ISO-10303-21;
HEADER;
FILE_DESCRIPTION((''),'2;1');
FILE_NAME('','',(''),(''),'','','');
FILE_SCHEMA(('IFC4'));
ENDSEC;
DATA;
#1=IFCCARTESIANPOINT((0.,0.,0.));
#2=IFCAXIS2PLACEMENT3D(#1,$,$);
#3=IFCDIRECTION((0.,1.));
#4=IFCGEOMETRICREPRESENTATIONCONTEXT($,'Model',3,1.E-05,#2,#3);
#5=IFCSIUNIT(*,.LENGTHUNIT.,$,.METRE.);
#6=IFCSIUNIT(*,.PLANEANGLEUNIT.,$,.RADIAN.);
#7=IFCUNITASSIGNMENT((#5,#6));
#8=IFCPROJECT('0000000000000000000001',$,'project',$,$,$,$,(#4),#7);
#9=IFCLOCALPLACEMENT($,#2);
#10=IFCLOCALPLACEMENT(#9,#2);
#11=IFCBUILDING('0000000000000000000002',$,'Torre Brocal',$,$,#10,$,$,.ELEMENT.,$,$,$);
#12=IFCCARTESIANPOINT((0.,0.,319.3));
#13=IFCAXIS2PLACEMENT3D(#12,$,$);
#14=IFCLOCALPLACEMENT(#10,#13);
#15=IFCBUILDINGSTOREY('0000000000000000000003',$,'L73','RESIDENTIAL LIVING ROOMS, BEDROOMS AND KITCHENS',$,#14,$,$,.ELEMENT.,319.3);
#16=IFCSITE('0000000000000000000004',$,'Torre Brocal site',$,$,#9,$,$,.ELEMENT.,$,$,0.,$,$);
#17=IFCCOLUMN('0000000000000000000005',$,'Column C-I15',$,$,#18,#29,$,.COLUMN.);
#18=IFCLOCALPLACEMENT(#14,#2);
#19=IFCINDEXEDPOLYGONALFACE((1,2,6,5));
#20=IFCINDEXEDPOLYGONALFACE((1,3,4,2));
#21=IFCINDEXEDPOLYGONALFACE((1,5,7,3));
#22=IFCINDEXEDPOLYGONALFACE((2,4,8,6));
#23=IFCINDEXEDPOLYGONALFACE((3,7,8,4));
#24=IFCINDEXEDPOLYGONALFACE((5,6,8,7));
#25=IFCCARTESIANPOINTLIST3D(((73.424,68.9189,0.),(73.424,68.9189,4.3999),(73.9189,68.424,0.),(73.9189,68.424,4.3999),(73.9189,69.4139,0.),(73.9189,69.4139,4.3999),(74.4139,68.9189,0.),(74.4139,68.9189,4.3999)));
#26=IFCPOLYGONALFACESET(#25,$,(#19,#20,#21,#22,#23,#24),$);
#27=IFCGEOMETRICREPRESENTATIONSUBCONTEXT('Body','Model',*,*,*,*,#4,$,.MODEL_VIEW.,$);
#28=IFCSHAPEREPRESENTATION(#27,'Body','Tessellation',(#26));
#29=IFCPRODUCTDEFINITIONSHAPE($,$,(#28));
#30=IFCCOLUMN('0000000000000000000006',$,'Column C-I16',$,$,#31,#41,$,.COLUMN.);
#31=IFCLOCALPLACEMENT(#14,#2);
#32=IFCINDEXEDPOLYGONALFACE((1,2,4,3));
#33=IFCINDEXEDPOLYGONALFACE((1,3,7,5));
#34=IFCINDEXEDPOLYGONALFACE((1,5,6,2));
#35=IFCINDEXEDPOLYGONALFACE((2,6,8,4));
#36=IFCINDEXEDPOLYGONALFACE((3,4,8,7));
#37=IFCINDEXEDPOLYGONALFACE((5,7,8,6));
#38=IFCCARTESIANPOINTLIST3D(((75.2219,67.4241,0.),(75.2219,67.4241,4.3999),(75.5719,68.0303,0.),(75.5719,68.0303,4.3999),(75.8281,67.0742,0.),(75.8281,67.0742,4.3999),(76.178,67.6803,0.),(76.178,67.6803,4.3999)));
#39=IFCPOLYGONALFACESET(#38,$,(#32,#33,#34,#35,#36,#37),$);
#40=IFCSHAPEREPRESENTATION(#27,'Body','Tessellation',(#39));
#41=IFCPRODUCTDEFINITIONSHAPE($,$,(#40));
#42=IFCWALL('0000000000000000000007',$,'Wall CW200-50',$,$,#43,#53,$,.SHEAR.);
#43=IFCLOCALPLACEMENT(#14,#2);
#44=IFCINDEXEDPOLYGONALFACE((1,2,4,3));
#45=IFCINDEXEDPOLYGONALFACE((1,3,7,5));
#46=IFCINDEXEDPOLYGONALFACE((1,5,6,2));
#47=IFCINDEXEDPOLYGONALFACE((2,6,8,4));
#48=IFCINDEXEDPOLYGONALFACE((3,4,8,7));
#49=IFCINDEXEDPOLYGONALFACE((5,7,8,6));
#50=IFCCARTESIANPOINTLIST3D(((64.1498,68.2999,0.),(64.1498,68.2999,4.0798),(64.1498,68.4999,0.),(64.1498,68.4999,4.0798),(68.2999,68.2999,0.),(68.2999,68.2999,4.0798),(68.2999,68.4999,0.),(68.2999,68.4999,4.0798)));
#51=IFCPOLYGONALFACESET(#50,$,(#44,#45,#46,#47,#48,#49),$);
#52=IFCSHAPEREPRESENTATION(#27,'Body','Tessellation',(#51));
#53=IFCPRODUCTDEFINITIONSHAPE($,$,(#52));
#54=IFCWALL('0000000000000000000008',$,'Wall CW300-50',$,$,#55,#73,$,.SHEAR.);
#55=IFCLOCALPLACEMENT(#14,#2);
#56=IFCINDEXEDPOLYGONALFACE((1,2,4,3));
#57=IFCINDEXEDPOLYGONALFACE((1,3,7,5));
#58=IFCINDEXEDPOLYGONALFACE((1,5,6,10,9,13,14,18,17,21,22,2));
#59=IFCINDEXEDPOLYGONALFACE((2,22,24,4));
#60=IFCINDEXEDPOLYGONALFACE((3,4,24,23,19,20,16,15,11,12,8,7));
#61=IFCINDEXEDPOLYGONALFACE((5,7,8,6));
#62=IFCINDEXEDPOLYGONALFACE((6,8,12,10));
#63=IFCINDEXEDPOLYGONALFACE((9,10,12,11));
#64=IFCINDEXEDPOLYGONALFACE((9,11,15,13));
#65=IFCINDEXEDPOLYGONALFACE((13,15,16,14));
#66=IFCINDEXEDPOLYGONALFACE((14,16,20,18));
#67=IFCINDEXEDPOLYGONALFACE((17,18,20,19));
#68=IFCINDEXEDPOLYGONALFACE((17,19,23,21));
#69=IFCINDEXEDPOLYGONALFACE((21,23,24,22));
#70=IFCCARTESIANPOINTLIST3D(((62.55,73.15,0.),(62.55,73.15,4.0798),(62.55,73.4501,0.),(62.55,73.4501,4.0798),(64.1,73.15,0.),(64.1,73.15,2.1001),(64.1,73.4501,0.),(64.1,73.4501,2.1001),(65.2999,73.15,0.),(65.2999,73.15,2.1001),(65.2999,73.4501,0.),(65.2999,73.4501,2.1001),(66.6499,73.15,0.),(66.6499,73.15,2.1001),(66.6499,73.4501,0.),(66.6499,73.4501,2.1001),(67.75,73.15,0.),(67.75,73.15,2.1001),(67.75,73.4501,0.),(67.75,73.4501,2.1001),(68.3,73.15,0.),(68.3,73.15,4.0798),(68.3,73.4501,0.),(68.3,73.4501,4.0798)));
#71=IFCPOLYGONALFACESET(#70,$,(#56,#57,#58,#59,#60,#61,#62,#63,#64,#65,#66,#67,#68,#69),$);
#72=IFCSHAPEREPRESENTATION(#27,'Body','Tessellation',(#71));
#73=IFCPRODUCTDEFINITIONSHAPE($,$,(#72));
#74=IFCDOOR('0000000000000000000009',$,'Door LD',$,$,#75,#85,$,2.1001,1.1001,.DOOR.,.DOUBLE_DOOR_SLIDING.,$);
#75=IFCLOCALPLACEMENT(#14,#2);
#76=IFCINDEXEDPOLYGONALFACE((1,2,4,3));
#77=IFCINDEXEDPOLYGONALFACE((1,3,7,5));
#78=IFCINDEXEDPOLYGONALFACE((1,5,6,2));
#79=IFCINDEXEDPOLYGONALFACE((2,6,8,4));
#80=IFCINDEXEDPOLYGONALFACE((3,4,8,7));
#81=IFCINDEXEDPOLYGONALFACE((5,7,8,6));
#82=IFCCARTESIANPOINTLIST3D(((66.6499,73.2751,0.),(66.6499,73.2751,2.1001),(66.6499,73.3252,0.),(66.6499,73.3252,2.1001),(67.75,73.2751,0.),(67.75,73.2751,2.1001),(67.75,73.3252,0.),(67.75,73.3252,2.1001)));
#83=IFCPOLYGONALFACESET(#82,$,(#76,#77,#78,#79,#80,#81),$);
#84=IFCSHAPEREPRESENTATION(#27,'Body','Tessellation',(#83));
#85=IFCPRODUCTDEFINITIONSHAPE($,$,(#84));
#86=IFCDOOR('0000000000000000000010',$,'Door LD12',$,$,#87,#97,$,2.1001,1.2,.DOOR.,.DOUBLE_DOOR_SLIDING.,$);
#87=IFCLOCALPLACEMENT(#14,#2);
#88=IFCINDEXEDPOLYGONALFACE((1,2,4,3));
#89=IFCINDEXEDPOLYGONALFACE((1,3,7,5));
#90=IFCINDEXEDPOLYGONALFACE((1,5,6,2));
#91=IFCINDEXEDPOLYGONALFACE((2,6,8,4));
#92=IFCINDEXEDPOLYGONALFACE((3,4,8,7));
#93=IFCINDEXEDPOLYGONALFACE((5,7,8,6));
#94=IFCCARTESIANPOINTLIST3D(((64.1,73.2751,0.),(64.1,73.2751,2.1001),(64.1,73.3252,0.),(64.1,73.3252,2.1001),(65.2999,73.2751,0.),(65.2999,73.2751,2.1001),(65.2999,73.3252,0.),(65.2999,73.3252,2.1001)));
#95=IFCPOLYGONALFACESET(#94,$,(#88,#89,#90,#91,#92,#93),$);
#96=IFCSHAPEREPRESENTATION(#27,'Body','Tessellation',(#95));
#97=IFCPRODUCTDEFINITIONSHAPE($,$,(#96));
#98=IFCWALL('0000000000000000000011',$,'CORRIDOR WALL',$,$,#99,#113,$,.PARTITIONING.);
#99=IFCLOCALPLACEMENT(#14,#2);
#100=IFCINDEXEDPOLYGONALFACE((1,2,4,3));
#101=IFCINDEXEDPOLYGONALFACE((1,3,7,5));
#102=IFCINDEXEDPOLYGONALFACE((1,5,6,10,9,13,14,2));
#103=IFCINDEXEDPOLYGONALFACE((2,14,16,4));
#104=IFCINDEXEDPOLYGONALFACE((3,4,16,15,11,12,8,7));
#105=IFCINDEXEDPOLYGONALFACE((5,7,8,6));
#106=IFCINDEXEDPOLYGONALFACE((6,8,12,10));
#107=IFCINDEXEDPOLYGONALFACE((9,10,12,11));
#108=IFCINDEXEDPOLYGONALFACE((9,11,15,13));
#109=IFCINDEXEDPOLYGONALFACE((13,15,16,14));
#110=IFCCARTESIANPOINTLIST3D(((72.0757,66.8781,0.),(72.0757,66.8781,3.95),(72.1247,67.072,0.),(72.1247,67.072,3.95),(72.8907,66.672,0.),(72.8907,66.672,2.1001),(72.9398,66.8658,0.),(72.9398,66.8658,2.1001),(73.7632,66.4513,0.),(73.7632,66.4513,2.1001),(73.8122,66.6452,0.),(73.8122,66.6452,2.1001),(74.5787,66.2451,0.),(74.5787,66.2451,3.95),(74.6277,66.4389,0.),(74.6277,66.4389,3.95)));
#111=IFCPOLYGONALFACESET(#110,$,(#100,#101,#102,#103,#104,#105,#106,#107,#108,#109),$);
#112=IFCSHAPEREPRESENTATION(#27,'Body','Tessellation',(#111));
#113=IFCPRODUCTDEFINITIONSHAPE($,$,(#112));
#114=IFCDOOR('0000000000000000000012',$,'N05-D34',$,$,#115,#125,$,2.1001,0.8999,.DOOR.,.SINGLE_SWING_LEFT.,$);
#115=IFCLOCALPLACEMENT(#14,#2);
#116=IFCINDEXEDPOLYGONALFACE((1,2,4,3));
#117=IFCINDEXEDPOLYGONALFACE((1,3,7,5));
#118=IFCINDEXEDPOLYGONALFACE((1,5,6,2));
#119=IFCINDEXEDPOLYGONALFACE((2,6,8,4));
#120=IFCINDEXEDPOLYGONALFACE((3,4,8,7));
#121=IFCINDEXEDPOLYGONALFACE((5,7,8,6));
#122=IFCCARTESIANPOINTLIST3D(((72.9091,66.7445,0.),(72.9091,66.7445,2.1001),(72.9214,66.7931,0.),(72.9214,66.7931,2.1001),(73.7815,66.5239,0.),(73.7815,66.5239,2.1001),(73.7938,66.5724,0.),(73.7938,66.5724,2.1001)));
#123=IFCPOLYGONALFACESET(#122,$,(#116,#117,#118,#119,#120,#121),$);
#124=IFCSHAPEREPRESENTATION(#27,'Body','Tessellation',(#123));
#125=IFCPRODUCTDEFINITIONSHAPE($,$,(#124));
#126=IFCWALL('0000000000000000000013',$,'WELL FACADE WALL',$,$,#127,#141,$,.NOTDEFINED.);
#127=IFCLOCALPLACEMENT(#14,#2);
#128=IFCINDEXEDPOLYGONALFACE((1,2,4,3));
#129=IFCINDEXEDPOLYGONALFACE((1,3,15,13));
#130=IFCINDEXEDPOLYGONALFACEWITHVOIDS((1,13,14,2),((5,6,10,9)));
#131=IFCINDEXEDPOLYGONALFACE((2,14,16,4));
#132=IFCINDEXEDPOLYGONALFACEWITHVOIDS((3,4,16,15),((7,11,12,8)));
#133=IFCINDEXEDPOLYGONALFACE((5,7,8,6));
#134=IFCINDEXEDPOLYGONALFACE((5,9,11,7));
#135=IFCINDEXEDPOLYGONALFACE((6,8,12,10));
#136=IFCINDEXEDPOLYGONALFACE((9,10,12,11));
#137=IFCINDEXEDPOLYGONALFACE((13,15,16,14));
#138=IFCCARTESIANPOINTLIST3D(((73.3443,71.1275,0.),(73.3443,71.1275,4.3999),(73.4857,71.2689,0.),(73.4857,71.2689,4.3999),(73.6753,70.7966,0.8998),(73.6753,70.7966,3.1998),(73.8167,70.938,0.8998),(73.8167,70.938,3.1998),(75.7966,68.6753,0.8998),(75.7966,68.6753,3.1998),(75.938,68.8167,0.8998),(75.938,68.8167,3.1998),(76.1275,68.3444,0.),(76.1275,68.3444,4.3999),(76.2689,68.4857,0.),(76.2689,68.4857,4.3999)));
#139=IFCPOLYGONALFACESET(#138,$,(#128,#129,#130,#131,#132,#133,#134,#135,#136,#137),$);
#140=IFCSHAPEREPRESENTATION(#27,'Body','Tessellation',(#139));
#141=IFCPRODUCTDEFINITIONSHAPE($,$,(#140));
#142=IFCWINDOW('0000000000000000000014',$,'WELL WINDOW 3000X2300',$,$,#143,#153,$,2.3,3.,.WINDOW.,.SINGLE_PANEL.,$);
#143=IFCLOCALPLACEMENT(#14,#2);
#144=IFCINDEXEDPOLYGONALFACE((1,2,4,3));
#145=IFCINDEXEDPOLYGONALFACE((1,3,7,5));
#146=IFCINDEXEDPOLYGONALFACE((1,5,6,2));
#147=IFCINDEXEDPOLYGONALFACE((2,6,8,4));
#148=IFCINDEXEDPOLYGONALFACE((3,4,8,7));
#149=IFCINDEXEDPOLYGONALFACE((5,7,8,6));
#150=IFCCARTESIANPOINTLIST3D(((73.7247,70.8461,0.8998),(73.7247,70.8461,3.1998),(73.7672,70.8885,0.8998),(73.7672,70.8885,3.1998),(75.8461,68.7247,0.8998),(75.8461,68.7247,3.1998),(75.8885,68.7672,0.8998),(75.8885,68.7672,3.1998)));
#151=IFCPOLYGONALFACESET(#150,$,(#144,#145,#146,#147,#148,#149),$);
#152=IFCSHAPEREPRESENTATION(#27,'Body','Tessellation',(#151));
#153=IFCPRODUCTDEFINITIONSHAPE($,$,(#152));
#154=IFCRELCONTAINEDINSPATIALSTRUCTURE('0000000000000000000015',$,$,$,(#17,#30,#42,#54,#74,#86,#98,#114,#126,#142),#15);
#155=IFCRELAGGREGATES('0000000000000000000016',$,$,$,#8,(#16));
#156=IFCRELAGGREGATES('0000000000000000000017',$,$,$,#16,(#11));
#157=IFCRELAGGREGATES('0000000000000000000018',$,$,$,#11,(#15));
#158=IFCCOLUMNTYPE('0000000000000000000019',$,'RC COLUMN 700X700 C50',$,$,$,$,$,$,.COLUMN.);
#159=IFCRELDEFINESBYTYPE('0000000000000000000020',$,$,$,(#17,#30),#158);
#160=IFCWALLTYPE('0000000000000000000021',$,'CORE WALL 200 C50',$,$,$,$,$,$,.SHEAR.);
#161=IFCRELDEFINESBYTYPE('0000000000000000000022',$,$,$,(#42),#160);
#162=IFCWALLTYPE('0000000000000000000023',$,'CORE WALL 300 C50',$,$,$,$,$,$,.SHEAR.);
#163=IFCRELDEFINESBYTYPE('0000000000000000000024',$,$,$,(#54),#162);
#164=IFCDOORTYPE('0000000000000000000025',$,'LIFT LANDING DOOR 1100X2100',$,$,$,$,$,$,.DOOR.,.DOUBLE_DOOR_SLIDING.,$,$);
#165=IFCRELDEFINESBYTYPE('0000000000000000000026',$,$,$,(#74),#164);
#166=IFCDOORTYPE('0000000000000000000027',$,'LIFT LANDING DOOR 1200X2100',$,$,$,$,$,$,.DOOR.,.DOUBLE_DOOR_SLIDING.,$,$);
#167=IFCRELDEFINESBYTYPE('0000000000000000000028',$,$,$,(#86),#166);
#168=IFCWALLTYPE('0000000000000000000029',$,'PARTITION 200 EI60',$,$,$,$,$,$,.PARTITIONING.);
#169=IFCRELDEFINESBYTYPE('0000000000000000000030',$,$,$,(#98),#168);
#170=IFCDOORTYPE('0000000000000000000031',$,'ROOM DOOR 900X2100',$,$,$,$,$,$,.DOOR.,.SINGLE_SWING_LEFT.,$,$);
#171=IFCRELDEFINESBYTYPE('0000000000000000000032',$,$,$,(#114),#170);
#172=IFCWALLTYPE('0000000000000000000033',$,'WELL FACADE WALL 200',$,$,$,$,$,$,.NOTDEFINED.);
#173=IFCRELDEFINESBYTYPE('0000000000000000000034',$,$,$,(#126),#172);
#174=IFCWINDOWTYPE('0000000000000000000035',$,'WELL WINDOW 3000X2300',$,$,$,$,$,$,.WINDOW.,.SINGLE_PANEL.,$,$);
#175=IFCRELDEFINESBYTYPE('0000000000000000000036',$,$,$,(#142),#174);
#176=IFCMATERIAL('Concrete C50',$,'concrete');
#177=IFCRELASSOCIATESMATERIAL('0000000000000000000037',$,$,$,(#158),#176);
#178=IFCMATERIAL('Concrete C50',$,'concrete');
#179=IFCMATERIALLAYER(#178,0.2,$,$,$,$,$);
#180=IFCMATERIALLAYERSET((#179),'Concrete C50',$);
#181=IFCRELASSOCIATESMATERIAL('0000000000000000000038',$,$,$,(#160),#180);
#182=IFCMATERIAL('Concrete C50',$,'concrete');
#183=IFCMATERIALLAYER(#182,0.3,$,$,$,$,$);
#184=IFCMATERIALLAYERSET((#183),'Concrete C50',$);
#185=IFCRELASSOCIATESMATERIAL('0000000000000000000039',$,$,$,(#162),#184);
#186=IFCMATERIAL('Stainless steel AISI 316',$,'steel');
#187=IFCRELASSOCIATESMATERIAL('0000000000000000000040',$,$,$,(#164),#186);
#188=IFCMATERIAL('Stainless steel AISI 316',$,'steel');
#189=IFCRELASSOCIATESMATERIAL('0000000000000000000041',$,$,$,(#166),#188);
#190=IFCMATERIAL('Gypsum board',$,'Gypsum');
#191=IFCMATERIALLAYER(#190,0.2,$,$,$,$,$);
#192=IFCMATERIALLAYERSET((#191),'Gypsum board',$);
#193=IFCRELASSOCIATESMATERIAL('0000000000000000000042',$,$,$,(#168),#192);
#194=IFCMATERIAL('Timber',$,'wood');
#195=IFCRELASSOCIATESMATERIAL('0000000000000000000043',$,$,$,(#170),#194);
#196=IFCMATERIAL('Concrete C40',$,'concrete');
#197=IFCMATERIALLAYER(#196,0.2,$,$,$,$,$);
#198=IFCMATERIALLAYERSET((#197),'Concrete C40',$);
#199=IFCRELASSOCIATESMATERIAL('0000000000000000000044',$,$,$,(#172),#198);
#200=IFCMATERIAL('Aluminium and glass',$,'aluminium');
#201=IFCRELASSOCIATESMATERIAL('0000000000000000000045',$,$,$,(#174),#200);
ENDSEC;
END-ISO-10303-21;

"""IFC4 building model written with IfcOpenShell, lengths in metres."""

from ifc_helpers import new_model, si_unit, direction, frame, frame_2d, origin, origin_2d, place, context, subcontext, project, spatial, rectangle, extrude, material, layer, layer_set, material_profile, profile_set, type_object, element, fill, save


model = new_model("IFC4")

# Units and contexts
model_context = context("Model", 3, precision=1e-05, world=origin(), true_north=direction((0.0, 1.0)))
body_context = subcontext(model_context, "Body", "Model", "MODEL_VIEW")
ifc_project = project(units=[si_unit("LENGTHUNIT", "METRE"), si_unit("PLANEANGLEUNIT", "RADIAN")], contexts=[model_context])

# Site, building, storey
site_placement = place(None, origin())
site = spatial("IfcSite", under=ifc_project, at=site_placement, Name="Torre Brocal site", CompositionType="ELEMENT", RefElevation=0.0)
building_placement = place(site_placement, origin())
building = spatial("IfcBuilding", under=site, at=building_placement, Name="Torre Brocal", CompositionType="ELEMENT")
storey_placement = place(building_placement, frame((0.0, 0.0, 319.3)))
storey = spatial("IfcBuildingStorey", under=building, at=storey_placement, Name="L73", Description="RESIDENTIAL LIVING ROOMS, BEDROOMS AND KITCHENS", CompositionType="ELEMENT", Elevation=319.3)

# Columns
ifc_material_1 = material(Name="Concrete C50", Category="concrete")
ifc_material_profile = material_profile(ifc_material_1, rectangle(XDim=0.7, YDim=0.7, at=origin_2d()), Name="RC 700X700")
ifc_profile_set = profile_set([ifc_material_profile], Name="Concrete C50")
column_type = type_object("IfcColumnType", Name="RC COLUMN 700X700 C50", PredefinedType="COLUMN", material=ifc_profile_set)
for number, where, z_axis, x_axis, name in (
    (1, (73.9189, 68.9189, 0.0), (0.0, 0.0, 1.0), (-0.707107, -0.707107, 0.0), "Column C-I15"),
    (2, (75.7, 67.5522, 0.0), (0.0, 0.0, 1.0), (-0.5, -0.866025, 0.0), "Column C-I16"),
):
    element("IfcColumn", number, at=place(storey_placement, frame(where, z_axis=z_axis, x_axis=x_axis)), inside=storey, type_object=column_type, Name=name, PredefinedType="COLUMN", context=body_context, shape_type="SweptSolid", body=[
        extrude(rectangle(XDim=0.7, YDim=0.7, at=origin_2d()), origin(), (0.0, 0.0, 1.0), 4.3999),
    ])

# Wall
ifc_material_2 = material(Name="Concrete C50", Category="concrete")
ifc_layer_1 = layer(ifc_material_2, 0.2)
ifc_layer_set_1 = layer_set([ifc_layer_1], Name="Concrete C50")
wall_type_1 = type_object("IfcWallType", Name="CORE WALL 200 C50", PredefinedType="SHEAR", material=ifc_layer_set_1)
wall_1_placement = place(storey_placement, frame((68.3, 68.3999, 0.0), z_axis=(0.0, 0.0, 1.0), x_axis=(-1.0, 0.0, 0.0)))
element("IfcWall", 3, at=wall_1_placement, inside=storey, type_object=wall_type_1, Name="Wall CW200-50", PredefinedType="SHEAR", context=body_context, shape_type="SweptSolid", body=[
    extrude(rectangle(XDim=4.1501, YDim=0.2, at=frame_2d((2.0752, 0.0))), origin(), (0.0, 0.0, 1.0), 4.0798),
])

# Wall, openings, doors
ifc_material_3 = material(Name="Concrete C50", Category="concrete")
ifc_layer_2 = layer(ifc_material_3, 0.3)
ifc_layer_set_2 = layer_set([ifc_layer_2], Name="Concrete C50")
wall_type_2 = type_object("IfcWallType", Name="CORE WALL 300 C50", PredefinedType="SHEAR", material=ifc_layer_set_2)
wall_2_placement = place(storey_placement, frame((68.3, 73.3, 0.0), z_axis=(0.0, 0.0, 1.0), x_axis=(-1.0, 0.0, 0.0)))
wall_2 = element("IfcWall", 4, at=wall_2_placement, inside=storey, type_object=wall_type_2, Name="Wall CW300-50", PredefinedType="SHEAR", context=body_context, shape_type="SweptSolid", body=[
    extrude(rectangle(XDim=5.75, YDim=0.3, at=frame_2d((2.875, 0.0))), origin(), (0.0, 0.0, 1.0), 4.0798),
])
opening_1_placement = place(wall_2_placement, frame((0.55, 0.0, 0.0)))
opening_1 = element("IfcOpeningElement", 5, at=opening_1_placement, cuts=wall_2, PredefinedType="OPENING", context=body_context, shape_type="SweptSolid", body=[
    extrude(rectangle(XDim=1.1001, YDim=2.1001, at=frame_2d((0.55, 1.05))), frame((0.0, 0.1599, 0.0), z_axis=(0.0, -1.0, 0.0), x_axis=(1.0, 0.0, 0.0)), (0.0, 0.0, 1.0), 0.3201),
])
opening_2_placement = place(wall_2_placement, frame((3.0, 0.0, 0.0)))
opening_2 = element("IfcOpeningElement", 6, at=opening_2_placement, cuts=wall_2, PredefinedType="OPENING", context=body_context, shape_type="SweptSolid", body=[
    extrude(rectangle(XDim=1.2, YDim=2.1001, at=frame_2d((0.6001, 1.05))), frame((0.0, 0.1599, 0.0), z_axis=(0.0, -1.0, 0.0), x_axis=(1.0, 0.0, 0.0)), (0.0, 0.0, 1.0), 0.3201),
])
ifc_material_4 = material(Name="Stainless steel AISI 316", Category="steel")
door_type_1 = type_object("IfcDoorType", Name="LIFT LANDING DOOR 1100X2100", OperationType="DOUBLE_DOOR_SLIDING", PredefinedType="DOOR", material=ifc_material_4)
door_1_placement = place(opening_1_placement, origin())
door_1 = element("IfcDoor", 7, at=door_1_placement, inside=storey, type_object=door_type_1, Name="Door LD", OperationType="DOUBLE_DOOR_SLIDING", OverallHeight=2.1001, OverallWidth=1.1001, PredefinedType="DOOR", context=body_context, shape_type="SweptSolid", body=[
    extrude(rectangle(XDim=1.1001, YDim=2.1001, at=frame_2d((0.55, 1.05))), frame((0.0, 0.0249, 0.0), z_axis=(0.0, -1.0, 0.0), x_axis=(1.0, 0.0, 0.0)), (0.0, 0.0, 1.0), 0.05),
])
fill(opening_1, door_1)
ifc_material_5 = material(Name="Stainless steel AISI 316", Category="steel")
door_type_2 = type_object("IfcDoorType", Name="LIFT LANDING DOOR 1200X2100", OperationType="DOUBLE_DOOR_SLIDING", PredefinedType="DOOR", material=ifc_material_5)
door_2_placement = place(opening_2_placement, origin())
door_2 = element("IfcDoor", 8, at=door_2_placement, inside=storey, type_object=door_type_2, Name="Door LD12", OperationType="DOUBLE_DOOR_SLIDING", OverallHeight=2.1001, OverallWidth=1.2, PredefinedType="DOOR", context=body_context, shape_type="SweptSolid", body=[
    extrude(rectangle(XDim=1.2, YDim=2.1001, at=frame_2d((0.6001, 1.05))), frame((0.0, 0.0249, 0.0), z_axis=(0.0, -1.0, 0.0), x_axis=(1.0, 0.0, 0.0)), (0.0, 0.0, 1.0), 0.05),
])
fill(opening_2, door_2)

# Wall, opening, door
ifc_material_6 = material(Name="Gypsum board", Category="Gypsum")
ifc_layer_3 = layer(ifc_material_6, 0.2)
ifc_layer_set_3 = layer_set([ifc_layer_3], Name="Gypsum board")
wall_type_3 = type_object("IfcWallType", Name="PARTITION 200 EI60", PredefinedType="PARTITIONING", material=ifc_layer_set_3)
wall_3_placement = place(storey_placement, frame((72.1001, 66.9751, 0.0), z_axis=(0.0, 0.0, 1.0), x_axis=(0.969471, -0.245205, 0.0)))
wall_3 = element("IfcWall", 9, at=wall_3_placement, inside=storey, type_object=wall_type_3, Name="CORRIDOR WALL", PredefinedType="PARTITIONING", context=body_context, shape_type="SweptSolid", body=[
    extrude(rectangle(XDim=2.5818, YDim=0.2, at=frame_2d((1.291, 0.0))), origin(), (0.0, 0.0, 1.0), 3.95),
])
opening_3_placement = place(wall_3_placement, frame((0.8408, 0.0, 0.0)))
opening_3 = element("IfcOpeningElement", 10, at=opening_3_placement, cuts=wall_3, PredefinedType="OPENING", context=body_context, shape_type="SweptSolid", body=[
    extrude(rectangle(XDim=0.8999, YDim=2.1001, at=frame_2d((0.45, 1.05))), frame((0.0, 0.1099, 0.0), z_axis=(0.0, -1.0, 0.0), x_axis=(1.0, 0.0, 0.0)), (0.0, 0.0, 1.0), 0.22),
])
ifc_material_7 = material(Name="Timber", Category="wood")
door_type_3 = type_object("IfcDoorType", Name="ROOM DOOR 900X2100", OperationType="SINGLE_SWING_LEFT", PredefinedType="DOOR", material=ifc_material_7)
door_3_placement = place(opening_3_placement, origin())
door_3 = element("IfcDoor", 11, at=door_3_placement, inside=storey, type_object=door_type_3, Name="N05-D34", OperationType="SINGLE_SWING_LEFT", OverallHeight=2.1001, OverallWidth=0.8999, PredefinedType="DOOR", context=body_context, shape_type="SweptSolid", body=[
    extrude(rectangle(XDim=0.8999, YDim=2.1001, at=frame_2d((0.45, 1.05))), frame((0.0, 0.0249, 0.0), z_axis=(0.0, -1.0, 0.0), x_axis=(1.0, 0.0, 0.0)), (0.0, 0.0, 1.0), 0.05),
])
fill(opening_3, door_3)

# Wall, opening, window
ifc_material_8 = material(Name="Concrete C40", Category="concrete")
ifc_layer_4 = layer(ifc_material_8, 0.2)
ifc_layer_set_4 = layer_set([ifc_layer_4], Name="Concrete C40")
wall_type_4 = type_object("IfcWallType", Name="WELL FACADE WALL 200", PredefinedType="NOTDEFINED", material=ifc_layer_set_4)
wall_4_placement = place(storey_placement, frame((73.415, 71.1982, 0.0), z_axis=(0.0, 0.0, 1.0), x_axis=(0.707107, -0.707107, 0.0)))
wall_4 = element("IfcWall", 12, at=wall_4_placement, inside=storey, type_object=wall_type_4, Name="WELL FACADE WALL", PredefinedType="NOTDEFINED", context=body_context, shape_type="SweptSolid", body=[
    extrude(rectangle(XDim=3.936, YDim=0.2, at=frame_2d((1.968, 0.0))), origin(), (0.0, 0.0, 1.0), 4.3999),
])
opening_4_placement = place(wall_4_placement, frame((0.468, 0.0, 0.8999)))
opening_4 = element("IfcOpeningElement", 13, at=opening_4_placement, cuts=wall_4, PredefinedType="OPENING", context=body_context, shape_type="SweptSolid", body=[
    extrude(rectangle(XDim=3.0, YDim=2.3, at=frame_2d((1.5, 1.1499))), frame((0.0, 0.1099, 0.0), z_axis=(0.0, -1.0, 0.0), x_axis=(1.0, 0.0, 0.0)), (0.0, 0.0, 1.0), 0.22),
])
ifc_material_9 = material(Name="Aluminium and glass", Category="aluminium")
window_type = type_object("IfcWindowType", Name="WELL WINDOW 3000X2300", PartitioningType="SINGLE_PANEL", PredefinedType="WINDOW", material=ifc_material_9)
window_1_placement = place(opening_4_placement, origin())
window_1 = element("IfcWindow", 14, at=window_1_placement, inside=storey, type_object=window_type, Name="WELL WINDOW 3000X2300", OverallHeight=2.3, OverallWidth=3.0, PartitioningType="SINGLE_PANEL", PredefinedType="WINDOW", context=body_context, shape_type="SweptSolid", body=[
    extrude(rectangle(XDim=3.0, YDim=2.3, at=frame_2d((1.5, 1.1499))), frame((0.0, 0.03, 0.0), z_axis=(0.0, -1.0, 0.0), x_axis=(1.0, 0.0, 0.0)), (0.0, 0.0, 1.0), 0.0601),
])
fill(opening_4, window_1)

save(model, "model.ifc")
